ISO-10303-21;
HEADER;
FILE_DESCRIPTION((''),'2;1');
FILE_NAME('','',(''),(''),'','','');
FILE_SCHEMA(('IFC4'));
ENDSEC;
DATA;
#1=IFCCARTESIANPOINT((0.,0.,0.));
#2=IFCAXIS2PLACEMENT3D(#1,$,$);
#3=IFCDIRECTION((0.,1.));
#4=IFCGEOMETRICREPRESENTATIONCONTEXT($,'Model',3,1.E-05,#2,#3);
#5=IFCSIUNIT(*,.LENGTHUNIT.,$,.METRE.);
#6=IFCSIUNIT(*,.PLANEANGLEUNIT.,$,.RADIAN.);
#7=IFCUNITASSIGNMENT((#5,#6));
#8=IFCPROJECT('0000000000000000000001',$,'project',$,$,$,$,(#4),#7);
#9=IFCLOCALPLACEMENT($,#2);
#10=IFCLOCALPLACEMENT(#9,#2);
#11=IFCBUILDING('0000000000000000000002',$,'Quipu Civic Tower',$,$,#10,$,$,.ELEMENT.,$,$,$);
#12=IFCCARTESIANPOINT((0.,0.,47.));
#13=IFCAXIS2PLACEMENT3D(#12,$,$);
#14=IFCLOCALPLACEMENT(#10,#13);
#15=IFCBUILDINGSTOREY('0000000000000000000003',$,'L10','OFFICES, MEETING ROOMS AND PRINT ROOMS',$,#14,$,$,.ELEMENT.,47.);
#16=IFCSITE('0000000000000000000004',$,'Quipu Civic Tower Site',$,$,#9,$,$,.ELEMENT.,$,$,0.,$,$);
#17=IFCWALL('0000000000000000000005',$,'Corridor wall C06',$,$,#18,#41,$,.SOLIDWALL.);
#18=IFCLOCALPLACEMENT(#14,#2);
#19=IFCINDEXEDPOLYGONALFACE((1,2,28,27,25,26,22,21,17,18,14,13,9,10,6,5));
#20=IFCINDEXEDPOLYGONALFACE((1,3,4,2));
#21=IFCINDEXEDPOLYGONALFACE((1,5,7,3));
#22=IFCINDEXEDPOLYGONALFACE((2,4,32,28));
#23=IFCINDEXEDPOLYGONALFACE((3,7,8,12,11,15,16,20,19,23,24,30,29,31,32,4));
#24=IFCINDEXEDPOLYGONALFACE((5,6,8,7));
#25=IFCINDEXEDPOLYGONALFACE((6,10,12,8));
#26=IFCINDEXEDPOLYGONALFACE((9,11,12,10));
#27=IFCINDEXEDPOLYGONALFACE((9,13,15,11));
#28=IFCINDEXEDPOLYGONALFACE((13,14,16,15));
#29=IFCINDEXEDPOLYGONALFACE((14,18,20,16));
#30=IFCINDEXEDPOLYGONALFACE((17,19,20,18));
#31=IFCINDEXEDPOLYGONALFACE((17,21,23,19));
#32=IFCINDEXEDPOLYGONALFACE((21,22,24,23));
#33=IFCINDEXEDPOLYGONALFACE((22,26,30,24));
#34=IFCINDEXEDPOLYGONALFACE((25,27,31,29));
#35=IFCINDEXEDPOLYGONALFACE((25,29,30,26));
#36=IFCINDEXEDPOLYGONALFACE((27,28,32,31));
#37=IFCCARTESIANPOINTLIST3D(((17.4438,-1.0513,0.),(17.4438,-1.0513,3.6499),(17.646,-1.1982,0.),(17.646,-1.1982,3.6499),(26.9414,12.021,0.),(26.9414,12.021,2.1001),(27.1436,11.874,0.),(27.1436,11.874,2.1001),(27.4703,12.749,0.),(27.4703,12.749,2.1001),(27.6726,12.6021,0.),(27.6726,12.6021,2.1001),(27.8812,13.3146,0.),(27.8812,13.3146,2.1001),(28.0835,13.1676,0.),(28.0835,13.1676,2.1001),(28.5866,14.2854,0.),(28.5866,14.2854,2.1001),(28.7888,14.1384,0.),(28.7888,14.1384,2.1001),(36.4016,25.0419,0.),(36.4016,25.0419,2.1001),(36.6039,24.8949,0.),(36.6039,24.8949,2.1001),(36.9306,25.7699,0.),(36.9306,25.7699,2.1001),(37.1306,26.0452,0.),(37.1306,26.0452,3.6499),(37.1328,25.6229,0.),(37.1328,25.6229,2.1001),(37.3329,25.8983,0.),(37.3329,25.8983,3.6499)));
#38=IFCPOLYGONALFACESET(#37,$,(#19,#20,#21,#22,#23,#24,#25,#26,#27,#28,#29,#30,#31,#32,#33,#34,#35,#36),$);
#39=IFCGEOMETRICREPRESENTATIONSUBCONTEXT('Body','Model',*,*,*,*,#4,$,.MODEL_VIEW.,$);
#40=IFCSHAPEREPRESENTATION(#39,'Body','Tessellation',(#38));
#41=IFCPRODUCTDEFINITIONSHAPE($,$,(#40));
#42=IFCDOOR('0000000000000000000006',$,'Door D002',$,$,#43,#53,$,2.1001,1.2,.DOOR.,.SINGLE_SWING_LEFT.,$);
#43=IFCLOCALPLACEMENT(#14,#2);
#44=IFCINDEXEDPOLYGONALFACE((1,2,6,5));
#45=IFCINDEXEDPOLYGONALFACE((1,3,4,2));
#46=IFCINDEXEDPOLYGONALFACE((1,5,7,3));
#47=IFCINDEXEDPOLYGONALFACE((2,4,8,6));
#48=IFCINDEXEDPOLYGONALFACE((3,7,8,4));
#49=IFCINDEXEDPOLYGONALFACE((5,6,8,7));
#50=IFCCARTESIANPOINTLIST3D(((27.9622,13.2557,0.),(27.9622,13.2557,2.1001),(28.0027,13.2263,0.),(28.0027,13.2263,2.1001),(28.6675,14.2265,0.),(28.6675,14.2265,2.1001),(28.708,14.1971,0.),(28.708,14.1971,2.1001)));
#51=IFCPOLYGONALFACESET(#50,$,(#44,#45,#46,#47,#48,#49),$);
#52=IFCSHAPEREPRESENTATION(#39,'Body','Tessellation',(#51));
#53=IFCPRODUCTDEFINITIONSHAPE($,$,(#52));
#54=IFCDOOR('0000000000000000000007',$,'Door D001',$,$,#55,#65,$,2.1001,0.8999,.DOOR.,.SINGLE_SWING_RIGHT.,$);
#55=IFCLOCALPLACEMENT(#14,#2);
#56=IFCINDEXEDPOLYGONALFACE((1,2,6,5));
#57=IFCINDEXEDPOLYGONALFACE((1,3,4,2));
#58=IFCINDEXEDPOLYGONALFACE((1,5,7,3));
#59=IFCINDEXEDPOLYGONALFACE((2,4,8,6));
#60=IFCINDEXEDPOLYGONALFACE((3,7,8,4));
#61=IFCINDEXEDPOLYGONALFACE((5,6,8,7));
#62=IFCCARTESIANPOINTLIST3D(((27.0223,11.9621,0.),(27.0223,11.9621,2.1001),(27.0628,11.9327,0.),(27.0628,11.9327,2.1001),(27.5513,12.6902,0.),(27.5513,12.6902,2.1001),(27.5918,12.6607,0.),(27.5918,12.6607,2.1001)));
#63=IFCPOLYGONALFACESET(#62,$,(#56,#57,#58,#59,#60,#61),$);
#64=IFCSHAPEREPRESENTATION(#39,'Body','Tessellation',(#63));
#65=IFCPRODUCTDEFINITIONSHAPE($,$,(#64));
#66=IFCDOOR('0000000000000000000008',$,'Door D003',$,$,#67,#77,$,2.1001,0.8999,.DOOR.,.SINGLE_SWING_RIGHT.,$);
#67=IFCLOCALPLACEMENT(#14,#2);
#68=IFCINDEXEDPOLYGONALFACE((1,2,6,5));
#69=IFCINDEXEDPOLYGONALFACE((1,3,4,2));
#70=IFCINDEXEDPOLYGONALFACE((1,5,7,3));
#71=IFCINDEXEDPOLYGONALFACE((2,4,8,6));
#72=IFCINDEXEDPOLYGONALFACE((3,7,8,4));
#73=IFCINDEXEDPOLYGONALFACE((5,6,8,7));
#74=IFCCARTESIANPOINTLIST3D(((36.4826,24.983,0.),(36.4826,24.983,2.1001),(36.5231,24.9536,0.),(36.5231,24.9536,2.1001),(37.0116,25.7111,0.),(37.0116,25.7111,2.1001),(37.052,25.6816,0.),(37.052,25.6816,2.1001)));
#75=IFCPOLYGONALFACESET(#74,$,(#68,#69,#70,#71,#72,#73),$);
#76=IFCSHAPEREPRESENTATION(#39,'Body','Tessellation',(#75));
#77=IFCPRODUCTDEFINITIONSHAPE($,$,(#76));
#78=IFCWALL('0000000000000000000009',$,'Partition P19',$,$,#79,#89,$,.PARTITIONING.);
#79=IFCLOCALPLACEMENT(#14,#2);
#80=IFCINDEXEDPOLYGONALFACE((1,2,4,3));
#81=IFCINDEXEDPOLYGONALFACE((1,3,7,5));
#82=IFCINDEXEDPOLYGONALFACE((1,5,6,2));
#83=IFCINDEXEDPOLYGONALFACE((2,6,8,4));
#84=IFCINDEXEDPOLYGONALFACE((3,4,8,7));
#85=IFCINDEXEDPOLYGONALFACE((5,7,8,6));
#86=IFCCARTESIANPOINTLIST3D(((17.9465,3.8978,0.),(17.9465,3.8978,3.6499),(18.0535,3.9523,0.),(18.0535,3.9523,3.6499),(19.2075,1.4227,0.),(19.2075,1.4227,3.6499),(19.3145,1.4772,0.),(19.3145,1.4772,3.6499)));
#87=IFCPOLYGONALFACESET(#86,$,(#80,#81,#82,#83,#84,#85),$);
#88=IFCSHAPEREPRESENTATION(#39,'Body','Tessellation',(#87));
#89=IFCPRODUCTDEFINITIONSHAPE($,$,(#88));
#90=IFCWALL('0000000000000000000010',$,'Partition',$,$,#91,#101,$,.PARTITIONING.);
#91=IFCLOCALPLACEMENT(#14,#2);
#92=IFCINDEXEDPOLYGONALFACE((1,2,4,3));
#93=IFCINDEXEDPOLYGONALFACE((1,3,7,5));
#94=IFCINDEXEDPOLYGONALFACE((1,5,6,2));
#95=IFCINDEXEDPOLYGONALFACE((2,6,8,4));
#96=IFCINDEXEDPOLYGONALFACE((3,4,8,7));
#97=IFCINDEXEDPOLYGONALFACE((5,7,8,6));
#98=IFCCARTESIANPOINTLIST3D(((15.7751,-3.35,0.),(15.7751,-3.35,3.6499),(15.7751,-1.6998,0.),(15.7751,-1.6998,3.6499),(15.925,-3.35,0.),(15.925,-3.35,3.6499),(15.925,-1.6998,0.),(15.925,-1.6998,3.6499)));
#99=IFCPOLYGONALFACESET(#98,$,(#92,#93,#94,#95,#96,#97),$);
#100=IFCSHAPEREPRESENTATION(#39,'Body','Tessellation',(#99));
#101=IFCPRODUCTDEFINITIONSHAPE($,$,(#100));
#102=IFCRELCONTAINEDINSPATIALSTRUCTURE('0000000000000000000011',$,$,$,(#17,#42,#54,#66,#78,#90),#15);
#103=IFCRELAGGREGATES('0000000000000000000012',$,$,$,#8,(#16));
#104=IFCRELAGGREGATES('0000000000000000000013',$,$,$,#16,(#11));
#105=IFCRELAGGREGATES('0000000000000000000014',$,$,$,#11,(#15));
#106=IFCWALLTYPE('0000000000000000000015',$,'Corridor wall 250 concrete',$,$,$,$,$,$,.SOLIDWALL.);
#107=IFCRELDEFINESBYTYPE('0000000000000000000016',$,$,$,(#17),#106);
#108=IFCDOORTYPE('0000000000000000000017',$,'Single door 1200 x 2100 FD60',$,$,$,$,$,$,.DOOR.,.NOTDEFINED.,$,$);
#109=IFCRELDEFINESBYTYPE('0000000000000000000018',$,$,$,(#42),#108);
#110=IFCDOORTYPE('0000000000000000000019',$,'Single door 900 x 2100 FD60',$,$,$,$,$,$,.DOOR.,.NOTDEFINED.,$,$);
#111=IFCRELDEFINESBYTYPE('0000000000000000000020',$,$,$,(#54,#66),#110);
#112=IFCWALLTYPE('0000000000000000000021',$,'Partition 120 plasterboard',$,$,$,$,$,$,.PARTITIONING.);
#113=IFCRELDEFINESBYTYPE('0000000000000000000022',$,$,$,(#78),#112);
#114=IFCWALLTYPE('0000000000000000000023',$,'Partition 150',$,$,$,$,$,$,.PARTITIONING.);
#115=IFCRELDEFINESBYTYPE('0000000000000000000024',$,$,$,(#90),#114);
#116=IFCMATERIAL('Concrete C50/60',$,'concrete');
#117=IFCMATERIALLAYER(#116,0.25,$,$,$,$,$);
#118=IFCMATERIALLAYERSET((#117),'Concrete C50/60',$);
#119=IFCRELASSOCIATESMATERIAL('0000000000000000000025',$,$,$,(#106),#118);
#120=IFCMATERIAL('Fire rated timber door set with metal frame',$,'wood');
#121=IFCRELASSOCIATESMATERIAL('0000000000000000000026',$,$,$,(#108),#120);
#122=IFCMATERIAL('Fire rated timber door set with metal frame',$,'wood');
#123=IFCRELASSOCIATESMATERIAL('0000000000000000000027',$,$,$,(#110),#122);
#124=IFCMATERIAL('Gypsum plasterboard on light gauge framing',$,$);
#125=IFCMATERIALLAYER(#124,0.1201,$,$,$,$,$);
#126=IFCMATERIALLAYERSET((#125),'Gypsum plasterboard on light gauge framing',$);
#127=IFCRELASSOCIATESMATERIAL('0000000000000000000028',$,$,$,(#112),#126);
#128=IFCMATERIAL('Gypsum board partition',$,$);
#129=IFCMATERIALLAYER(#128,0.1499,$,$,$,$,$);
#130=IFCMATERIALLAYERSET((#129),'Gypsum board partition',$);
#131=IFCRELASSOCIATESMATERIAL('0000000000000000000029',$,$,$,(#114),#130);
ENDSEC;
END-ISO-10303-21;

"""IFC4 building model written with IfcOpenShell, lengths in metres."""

from ifc_helpers import new_model, si_unit, direction, frame, frame_2d, origin, place, context, subcontext, project, spatial, rectangle, extrude, material, layer, layer_set, type_object, element, fill, save


model = new_model("IFC4")

# Units and contexts
model_context = context("Model", 3, precision=1e-05, world=origin(), true_north=direction((0.0, 1.0)))
body_context = subcontext(model_context, "Body", "Model", "MODEL_VIEW")
ifc_project = project(units=[si_unit("LENGTHUNIT", "METRE"), si_unit("PLANEANGLEUNIT", "RADIAN")], contexts=[model_context])

# Site, building, storey
site_placement = place(None, origin())
site = spatial("IfcSite", under=ifc_project, at=site_placement, Name="Quipu Civic Tower Site", CompositionType="ELEMENT", RefElevation=0.0)
building_placement = place(site_placement, origin())
building = spatial("IfcBuilding", under=site, at=building_placement, Name="Quipu Civic Tower", CompositionType="ELEMENT")
storey_placement = place(building_placement, frame((0.0, 0.0, 47.0)))
storey = spatial("IfcBuildingStorey", under=building, at=storey_placement, Name="L10", Description="OFFICES, MEETING ROOMS AND PRINT ROOMS", CompositionType="ELEMENT", Elevation=47.0)

# Wall, openings, doors
ifc_material_1 = material(Name="Concrete C50/60", Category="concrete")
ifc_layer_1 = layer(ifc_material_1, 0.25)
ifc_layer_set_1 = layer_set([ifc_layer_1], Name="Concrete C50/60")
wall_type_1 = type_object("IfcWallType", Name="Corridor wall 250 concrete", PredefinedType="SOLIDWALL", material=ifc_layer_set_1)
wall_1_placement = place(storey_placement, frame((17.5449, -1.1248, 0.0), z_axis=(0.0, 0.0, 1.0), x_axis=(0.587786, 0.809016, 0.0)))
wall_1 = element("IfcWall", 1, at=wall_1_placement, inside=storey, type_object=wall_type_1, Name="Corridor wall C06", PredefinedType="SOLIDWALL", context=body_context, shape_type="SweptSolid", body=[
    extrude(rectangle(XDim=33.4932, YDim=0.25, at=frame_2d((16.7466, 0.0))), origin(), (0.0, 0.0, 1.0), 3.6499),
])
opening_1_placement = place(wall_1_placement, frame((16.1582, 0.0, 0.0)))
opening_1 = element("IfcOpeningElement", 2, at=opening_1_placement, cuts=wall_1, PredefinedType="OPENING", context=body_context, shape_type="SweptSolid", body=[
    extrude(rectangle(XDim=0.8999, YDim=2.1001, at=frame_2d((0.45, 1.05))), frame((0.0, 0.135, 0.0), z_axis=(0.0, -1.0, 0.0), x_axis=(1.0, 0.0, 0.0)), (0.0, 0.0, 1.0), 0.27),
])
opening_2_placement = place(wall_1_placement, frame((32.2529, 0.0, 0.0)))
opening_2 = element("IfcOpeningElement", 3, at=opening_2_placement, cuts=wall_1, PredefinedType="OPENING", context=body_context, shape_type="SweptSolid", body=[
    extrude(rectangle(XDim=0.8999, YDim=2.1001, at=frame_2d((0.45, 1.05))), frame((0.0, 0.135, 0.0), z_axis=(0.0, -1.0, 0.0), x_axis=(1.0, 0.0, 0.0)), (0.0, 0.0, 1.0), 0.27),
])
opening_3_placement = place(wall_1_placement, frame((17.7571, 0.0, 0.0)))
opening_3 = element("IfcOpeningElement", 4, at=opening_3_placement, cuts=wall_1, PredefinedType="OPENING", context=body_context, shape_type="SweptSolid", body=[
    extrude(rectangle(XDim=1.2, YDim=2.1001, at=frame_2d((0.6001, 1.05))), frame((0.0, 0.135, 0.0), z_axis=(0.0, -1.0, 0.0), x_axis=(1.0, 0.0, 0.0)), (0.0, 0.0, 1.0), 0.27),
])
ifc_material_2 = material(Name="Fire rated timber door set with metal frame", Category="wood")
door_type_1 = type_object("IfcDoorType", Name="Single door 1200 x 2100 FD60", OperationType="NOTDEFINED", PredefinedType="DOOR", material=ifc_material_2)
door_1_placement = place(opening_3_placement, origin())
door_1 = element("IfcDoor", 5, at=door_1_placement, inside=storey, type_object=door_type_1, Name="Door D002", OperationType="SINGLE_SWING_LEFT", OverallHeight=2.1001, OverallWidth=1.2, PredefinedType="DOOR", context=body_context, shape_type="SweptSolid", body=[
    extrude(rectangle(XDim=1.2, YDim=2.1001, at=frame_2d((0.6001, 1.05))), frame((0.0, 0.0249, 0.0), z_axis=(0.0, -1.0, 0.0), x_axis=(1.0, 0.0, 0.0)), (0.0, 0.0, 1.0), 0.05),
])
fill(opening_3, door_1)
ifc_material_3 = material(Name="Fire rated timber door set with metal frame", Category="wood")
door_type_2 = type_object("IfcDoorType", Name="Single door 900 x 2100 FD60", OperationType="NOTDEFINED", PredefinedType="DOOR", material=ifc_material_3)
door_2_placement = place(opening_1_placement, origin())
door_2 = element("IfcDoor", 6, at=door_2_placement, inside=storey, type_object=door_type_2, Name="Door D001", OperationType="SINGLE_SWING_RIGHT", OverallHeight=2.1001, OverallWidth=0.8999, PredefinedType="DOOR", context=body_context, shape_type="SweptSolid", body=[
    extrude(rectangle(XDim=0.8999, YDim=2.1001, at=frame_2d((0.45, 1.05))), frame((0.0, 0.0249, 0.0), z_axis=(0.0, -1.0, 0.0), x_axis=(1.0, 0.0, 0.0)), (0.0, 0.0, 1.0), 0.05),
])
fill(opening_1, door_2)
door_3_placement = place(opening_2_placement, origin())
door_3 = element("IfcDoor", 7, at=door_3_placement, inside=storey, type_object=door_type_2, Name="Door D003", OperationType="SINGLE_SWING_RIGHT", OverallHeight=2.1001, OverallWidth=0.8999, PredefinedType="DOOR", context=body_context, shape_type="SweptSolid", body=[
    extrude(rectangle(XDim=0.8999, YDim=2.1001, at=frame_2d((0.45, 1.05))), frame((0.0, 0.0249, 0.0), z_axis=(0.0, -1.0, 0.0), x_axis=(1.0, 0.0, 0.0)), (0.0, 0.0, 1.0), 0.05),
])
fill(opening_2, door_3)

# Walls
ifc_material_4 = material(Name="Gypsum plasterboard on light gauge framing")
ifc_layer_2 = layer(ifc_material_4, 0.1201)
ifc_layer_set_2 = layer_set([ifc_layer_2], Name="Gypsum plasterboard on light gauge framing")
wall_type_2 = type_object("IfcWallType", Name="Partition 120 plasterboard", PredefinedType="PARTITIONING", material=ifc_layer_set_2)
wall_2_placement = place(storey_placement, frame((18.0, 3.925, 0.0), z_axis=(0.0, 0.0, 1.0), x_axis=(0.453951, -0.891027, 0.0)))
element("IfcWall", 8, at=wall_2_placement, inside=storey, type_object=wall_type_2, Name="Partition P19", PredefinedType="PARTITIONING", context=body_context, shape_type="SweptSolid", body=[
    extrude(rectangle(XDim=2.7778, YDim=0.1201, at=frame_2d((1.3889, 0.0))), origin(), (0.0, 0.0, 1.0), 3.6499),
])
ifc_material_5 = material(Name="Gypsum board partition")
ifc_layer_3 = layer(ifc_material_5, 0.1499)
ifc_layer_set_3 = layer_set([ifc_layer_3], Name="Gypsum board partition")
wall_type_3 = type_object("IfcWallType", Name="Partition 150", PredefinedType="PARTITIONING", material=ifc_layer_set_3)
wall_3_placement = place(storey_placement, frame((15.8501, -3.3501, 0.0), z_axis=(0.0, 0.0, 1.0), x_axis=(0.0, 1.0, 0.0)))
element("IfcWall", 9, at=wall_3_placement, inside=storey, type_object=wall_type_3, Name="Partition", PredefinedType="PARTITIONING", context=body_context, shape_type="SweptSolid", body=[
    extrude(rectangle(XDim=1.6501, YDim=0.1499, at=frame_2d((0.8252, 0.0))), origin(), (0.0, 0.0, 1.0), 3.6499),
])

save(model, "model.ifc")
